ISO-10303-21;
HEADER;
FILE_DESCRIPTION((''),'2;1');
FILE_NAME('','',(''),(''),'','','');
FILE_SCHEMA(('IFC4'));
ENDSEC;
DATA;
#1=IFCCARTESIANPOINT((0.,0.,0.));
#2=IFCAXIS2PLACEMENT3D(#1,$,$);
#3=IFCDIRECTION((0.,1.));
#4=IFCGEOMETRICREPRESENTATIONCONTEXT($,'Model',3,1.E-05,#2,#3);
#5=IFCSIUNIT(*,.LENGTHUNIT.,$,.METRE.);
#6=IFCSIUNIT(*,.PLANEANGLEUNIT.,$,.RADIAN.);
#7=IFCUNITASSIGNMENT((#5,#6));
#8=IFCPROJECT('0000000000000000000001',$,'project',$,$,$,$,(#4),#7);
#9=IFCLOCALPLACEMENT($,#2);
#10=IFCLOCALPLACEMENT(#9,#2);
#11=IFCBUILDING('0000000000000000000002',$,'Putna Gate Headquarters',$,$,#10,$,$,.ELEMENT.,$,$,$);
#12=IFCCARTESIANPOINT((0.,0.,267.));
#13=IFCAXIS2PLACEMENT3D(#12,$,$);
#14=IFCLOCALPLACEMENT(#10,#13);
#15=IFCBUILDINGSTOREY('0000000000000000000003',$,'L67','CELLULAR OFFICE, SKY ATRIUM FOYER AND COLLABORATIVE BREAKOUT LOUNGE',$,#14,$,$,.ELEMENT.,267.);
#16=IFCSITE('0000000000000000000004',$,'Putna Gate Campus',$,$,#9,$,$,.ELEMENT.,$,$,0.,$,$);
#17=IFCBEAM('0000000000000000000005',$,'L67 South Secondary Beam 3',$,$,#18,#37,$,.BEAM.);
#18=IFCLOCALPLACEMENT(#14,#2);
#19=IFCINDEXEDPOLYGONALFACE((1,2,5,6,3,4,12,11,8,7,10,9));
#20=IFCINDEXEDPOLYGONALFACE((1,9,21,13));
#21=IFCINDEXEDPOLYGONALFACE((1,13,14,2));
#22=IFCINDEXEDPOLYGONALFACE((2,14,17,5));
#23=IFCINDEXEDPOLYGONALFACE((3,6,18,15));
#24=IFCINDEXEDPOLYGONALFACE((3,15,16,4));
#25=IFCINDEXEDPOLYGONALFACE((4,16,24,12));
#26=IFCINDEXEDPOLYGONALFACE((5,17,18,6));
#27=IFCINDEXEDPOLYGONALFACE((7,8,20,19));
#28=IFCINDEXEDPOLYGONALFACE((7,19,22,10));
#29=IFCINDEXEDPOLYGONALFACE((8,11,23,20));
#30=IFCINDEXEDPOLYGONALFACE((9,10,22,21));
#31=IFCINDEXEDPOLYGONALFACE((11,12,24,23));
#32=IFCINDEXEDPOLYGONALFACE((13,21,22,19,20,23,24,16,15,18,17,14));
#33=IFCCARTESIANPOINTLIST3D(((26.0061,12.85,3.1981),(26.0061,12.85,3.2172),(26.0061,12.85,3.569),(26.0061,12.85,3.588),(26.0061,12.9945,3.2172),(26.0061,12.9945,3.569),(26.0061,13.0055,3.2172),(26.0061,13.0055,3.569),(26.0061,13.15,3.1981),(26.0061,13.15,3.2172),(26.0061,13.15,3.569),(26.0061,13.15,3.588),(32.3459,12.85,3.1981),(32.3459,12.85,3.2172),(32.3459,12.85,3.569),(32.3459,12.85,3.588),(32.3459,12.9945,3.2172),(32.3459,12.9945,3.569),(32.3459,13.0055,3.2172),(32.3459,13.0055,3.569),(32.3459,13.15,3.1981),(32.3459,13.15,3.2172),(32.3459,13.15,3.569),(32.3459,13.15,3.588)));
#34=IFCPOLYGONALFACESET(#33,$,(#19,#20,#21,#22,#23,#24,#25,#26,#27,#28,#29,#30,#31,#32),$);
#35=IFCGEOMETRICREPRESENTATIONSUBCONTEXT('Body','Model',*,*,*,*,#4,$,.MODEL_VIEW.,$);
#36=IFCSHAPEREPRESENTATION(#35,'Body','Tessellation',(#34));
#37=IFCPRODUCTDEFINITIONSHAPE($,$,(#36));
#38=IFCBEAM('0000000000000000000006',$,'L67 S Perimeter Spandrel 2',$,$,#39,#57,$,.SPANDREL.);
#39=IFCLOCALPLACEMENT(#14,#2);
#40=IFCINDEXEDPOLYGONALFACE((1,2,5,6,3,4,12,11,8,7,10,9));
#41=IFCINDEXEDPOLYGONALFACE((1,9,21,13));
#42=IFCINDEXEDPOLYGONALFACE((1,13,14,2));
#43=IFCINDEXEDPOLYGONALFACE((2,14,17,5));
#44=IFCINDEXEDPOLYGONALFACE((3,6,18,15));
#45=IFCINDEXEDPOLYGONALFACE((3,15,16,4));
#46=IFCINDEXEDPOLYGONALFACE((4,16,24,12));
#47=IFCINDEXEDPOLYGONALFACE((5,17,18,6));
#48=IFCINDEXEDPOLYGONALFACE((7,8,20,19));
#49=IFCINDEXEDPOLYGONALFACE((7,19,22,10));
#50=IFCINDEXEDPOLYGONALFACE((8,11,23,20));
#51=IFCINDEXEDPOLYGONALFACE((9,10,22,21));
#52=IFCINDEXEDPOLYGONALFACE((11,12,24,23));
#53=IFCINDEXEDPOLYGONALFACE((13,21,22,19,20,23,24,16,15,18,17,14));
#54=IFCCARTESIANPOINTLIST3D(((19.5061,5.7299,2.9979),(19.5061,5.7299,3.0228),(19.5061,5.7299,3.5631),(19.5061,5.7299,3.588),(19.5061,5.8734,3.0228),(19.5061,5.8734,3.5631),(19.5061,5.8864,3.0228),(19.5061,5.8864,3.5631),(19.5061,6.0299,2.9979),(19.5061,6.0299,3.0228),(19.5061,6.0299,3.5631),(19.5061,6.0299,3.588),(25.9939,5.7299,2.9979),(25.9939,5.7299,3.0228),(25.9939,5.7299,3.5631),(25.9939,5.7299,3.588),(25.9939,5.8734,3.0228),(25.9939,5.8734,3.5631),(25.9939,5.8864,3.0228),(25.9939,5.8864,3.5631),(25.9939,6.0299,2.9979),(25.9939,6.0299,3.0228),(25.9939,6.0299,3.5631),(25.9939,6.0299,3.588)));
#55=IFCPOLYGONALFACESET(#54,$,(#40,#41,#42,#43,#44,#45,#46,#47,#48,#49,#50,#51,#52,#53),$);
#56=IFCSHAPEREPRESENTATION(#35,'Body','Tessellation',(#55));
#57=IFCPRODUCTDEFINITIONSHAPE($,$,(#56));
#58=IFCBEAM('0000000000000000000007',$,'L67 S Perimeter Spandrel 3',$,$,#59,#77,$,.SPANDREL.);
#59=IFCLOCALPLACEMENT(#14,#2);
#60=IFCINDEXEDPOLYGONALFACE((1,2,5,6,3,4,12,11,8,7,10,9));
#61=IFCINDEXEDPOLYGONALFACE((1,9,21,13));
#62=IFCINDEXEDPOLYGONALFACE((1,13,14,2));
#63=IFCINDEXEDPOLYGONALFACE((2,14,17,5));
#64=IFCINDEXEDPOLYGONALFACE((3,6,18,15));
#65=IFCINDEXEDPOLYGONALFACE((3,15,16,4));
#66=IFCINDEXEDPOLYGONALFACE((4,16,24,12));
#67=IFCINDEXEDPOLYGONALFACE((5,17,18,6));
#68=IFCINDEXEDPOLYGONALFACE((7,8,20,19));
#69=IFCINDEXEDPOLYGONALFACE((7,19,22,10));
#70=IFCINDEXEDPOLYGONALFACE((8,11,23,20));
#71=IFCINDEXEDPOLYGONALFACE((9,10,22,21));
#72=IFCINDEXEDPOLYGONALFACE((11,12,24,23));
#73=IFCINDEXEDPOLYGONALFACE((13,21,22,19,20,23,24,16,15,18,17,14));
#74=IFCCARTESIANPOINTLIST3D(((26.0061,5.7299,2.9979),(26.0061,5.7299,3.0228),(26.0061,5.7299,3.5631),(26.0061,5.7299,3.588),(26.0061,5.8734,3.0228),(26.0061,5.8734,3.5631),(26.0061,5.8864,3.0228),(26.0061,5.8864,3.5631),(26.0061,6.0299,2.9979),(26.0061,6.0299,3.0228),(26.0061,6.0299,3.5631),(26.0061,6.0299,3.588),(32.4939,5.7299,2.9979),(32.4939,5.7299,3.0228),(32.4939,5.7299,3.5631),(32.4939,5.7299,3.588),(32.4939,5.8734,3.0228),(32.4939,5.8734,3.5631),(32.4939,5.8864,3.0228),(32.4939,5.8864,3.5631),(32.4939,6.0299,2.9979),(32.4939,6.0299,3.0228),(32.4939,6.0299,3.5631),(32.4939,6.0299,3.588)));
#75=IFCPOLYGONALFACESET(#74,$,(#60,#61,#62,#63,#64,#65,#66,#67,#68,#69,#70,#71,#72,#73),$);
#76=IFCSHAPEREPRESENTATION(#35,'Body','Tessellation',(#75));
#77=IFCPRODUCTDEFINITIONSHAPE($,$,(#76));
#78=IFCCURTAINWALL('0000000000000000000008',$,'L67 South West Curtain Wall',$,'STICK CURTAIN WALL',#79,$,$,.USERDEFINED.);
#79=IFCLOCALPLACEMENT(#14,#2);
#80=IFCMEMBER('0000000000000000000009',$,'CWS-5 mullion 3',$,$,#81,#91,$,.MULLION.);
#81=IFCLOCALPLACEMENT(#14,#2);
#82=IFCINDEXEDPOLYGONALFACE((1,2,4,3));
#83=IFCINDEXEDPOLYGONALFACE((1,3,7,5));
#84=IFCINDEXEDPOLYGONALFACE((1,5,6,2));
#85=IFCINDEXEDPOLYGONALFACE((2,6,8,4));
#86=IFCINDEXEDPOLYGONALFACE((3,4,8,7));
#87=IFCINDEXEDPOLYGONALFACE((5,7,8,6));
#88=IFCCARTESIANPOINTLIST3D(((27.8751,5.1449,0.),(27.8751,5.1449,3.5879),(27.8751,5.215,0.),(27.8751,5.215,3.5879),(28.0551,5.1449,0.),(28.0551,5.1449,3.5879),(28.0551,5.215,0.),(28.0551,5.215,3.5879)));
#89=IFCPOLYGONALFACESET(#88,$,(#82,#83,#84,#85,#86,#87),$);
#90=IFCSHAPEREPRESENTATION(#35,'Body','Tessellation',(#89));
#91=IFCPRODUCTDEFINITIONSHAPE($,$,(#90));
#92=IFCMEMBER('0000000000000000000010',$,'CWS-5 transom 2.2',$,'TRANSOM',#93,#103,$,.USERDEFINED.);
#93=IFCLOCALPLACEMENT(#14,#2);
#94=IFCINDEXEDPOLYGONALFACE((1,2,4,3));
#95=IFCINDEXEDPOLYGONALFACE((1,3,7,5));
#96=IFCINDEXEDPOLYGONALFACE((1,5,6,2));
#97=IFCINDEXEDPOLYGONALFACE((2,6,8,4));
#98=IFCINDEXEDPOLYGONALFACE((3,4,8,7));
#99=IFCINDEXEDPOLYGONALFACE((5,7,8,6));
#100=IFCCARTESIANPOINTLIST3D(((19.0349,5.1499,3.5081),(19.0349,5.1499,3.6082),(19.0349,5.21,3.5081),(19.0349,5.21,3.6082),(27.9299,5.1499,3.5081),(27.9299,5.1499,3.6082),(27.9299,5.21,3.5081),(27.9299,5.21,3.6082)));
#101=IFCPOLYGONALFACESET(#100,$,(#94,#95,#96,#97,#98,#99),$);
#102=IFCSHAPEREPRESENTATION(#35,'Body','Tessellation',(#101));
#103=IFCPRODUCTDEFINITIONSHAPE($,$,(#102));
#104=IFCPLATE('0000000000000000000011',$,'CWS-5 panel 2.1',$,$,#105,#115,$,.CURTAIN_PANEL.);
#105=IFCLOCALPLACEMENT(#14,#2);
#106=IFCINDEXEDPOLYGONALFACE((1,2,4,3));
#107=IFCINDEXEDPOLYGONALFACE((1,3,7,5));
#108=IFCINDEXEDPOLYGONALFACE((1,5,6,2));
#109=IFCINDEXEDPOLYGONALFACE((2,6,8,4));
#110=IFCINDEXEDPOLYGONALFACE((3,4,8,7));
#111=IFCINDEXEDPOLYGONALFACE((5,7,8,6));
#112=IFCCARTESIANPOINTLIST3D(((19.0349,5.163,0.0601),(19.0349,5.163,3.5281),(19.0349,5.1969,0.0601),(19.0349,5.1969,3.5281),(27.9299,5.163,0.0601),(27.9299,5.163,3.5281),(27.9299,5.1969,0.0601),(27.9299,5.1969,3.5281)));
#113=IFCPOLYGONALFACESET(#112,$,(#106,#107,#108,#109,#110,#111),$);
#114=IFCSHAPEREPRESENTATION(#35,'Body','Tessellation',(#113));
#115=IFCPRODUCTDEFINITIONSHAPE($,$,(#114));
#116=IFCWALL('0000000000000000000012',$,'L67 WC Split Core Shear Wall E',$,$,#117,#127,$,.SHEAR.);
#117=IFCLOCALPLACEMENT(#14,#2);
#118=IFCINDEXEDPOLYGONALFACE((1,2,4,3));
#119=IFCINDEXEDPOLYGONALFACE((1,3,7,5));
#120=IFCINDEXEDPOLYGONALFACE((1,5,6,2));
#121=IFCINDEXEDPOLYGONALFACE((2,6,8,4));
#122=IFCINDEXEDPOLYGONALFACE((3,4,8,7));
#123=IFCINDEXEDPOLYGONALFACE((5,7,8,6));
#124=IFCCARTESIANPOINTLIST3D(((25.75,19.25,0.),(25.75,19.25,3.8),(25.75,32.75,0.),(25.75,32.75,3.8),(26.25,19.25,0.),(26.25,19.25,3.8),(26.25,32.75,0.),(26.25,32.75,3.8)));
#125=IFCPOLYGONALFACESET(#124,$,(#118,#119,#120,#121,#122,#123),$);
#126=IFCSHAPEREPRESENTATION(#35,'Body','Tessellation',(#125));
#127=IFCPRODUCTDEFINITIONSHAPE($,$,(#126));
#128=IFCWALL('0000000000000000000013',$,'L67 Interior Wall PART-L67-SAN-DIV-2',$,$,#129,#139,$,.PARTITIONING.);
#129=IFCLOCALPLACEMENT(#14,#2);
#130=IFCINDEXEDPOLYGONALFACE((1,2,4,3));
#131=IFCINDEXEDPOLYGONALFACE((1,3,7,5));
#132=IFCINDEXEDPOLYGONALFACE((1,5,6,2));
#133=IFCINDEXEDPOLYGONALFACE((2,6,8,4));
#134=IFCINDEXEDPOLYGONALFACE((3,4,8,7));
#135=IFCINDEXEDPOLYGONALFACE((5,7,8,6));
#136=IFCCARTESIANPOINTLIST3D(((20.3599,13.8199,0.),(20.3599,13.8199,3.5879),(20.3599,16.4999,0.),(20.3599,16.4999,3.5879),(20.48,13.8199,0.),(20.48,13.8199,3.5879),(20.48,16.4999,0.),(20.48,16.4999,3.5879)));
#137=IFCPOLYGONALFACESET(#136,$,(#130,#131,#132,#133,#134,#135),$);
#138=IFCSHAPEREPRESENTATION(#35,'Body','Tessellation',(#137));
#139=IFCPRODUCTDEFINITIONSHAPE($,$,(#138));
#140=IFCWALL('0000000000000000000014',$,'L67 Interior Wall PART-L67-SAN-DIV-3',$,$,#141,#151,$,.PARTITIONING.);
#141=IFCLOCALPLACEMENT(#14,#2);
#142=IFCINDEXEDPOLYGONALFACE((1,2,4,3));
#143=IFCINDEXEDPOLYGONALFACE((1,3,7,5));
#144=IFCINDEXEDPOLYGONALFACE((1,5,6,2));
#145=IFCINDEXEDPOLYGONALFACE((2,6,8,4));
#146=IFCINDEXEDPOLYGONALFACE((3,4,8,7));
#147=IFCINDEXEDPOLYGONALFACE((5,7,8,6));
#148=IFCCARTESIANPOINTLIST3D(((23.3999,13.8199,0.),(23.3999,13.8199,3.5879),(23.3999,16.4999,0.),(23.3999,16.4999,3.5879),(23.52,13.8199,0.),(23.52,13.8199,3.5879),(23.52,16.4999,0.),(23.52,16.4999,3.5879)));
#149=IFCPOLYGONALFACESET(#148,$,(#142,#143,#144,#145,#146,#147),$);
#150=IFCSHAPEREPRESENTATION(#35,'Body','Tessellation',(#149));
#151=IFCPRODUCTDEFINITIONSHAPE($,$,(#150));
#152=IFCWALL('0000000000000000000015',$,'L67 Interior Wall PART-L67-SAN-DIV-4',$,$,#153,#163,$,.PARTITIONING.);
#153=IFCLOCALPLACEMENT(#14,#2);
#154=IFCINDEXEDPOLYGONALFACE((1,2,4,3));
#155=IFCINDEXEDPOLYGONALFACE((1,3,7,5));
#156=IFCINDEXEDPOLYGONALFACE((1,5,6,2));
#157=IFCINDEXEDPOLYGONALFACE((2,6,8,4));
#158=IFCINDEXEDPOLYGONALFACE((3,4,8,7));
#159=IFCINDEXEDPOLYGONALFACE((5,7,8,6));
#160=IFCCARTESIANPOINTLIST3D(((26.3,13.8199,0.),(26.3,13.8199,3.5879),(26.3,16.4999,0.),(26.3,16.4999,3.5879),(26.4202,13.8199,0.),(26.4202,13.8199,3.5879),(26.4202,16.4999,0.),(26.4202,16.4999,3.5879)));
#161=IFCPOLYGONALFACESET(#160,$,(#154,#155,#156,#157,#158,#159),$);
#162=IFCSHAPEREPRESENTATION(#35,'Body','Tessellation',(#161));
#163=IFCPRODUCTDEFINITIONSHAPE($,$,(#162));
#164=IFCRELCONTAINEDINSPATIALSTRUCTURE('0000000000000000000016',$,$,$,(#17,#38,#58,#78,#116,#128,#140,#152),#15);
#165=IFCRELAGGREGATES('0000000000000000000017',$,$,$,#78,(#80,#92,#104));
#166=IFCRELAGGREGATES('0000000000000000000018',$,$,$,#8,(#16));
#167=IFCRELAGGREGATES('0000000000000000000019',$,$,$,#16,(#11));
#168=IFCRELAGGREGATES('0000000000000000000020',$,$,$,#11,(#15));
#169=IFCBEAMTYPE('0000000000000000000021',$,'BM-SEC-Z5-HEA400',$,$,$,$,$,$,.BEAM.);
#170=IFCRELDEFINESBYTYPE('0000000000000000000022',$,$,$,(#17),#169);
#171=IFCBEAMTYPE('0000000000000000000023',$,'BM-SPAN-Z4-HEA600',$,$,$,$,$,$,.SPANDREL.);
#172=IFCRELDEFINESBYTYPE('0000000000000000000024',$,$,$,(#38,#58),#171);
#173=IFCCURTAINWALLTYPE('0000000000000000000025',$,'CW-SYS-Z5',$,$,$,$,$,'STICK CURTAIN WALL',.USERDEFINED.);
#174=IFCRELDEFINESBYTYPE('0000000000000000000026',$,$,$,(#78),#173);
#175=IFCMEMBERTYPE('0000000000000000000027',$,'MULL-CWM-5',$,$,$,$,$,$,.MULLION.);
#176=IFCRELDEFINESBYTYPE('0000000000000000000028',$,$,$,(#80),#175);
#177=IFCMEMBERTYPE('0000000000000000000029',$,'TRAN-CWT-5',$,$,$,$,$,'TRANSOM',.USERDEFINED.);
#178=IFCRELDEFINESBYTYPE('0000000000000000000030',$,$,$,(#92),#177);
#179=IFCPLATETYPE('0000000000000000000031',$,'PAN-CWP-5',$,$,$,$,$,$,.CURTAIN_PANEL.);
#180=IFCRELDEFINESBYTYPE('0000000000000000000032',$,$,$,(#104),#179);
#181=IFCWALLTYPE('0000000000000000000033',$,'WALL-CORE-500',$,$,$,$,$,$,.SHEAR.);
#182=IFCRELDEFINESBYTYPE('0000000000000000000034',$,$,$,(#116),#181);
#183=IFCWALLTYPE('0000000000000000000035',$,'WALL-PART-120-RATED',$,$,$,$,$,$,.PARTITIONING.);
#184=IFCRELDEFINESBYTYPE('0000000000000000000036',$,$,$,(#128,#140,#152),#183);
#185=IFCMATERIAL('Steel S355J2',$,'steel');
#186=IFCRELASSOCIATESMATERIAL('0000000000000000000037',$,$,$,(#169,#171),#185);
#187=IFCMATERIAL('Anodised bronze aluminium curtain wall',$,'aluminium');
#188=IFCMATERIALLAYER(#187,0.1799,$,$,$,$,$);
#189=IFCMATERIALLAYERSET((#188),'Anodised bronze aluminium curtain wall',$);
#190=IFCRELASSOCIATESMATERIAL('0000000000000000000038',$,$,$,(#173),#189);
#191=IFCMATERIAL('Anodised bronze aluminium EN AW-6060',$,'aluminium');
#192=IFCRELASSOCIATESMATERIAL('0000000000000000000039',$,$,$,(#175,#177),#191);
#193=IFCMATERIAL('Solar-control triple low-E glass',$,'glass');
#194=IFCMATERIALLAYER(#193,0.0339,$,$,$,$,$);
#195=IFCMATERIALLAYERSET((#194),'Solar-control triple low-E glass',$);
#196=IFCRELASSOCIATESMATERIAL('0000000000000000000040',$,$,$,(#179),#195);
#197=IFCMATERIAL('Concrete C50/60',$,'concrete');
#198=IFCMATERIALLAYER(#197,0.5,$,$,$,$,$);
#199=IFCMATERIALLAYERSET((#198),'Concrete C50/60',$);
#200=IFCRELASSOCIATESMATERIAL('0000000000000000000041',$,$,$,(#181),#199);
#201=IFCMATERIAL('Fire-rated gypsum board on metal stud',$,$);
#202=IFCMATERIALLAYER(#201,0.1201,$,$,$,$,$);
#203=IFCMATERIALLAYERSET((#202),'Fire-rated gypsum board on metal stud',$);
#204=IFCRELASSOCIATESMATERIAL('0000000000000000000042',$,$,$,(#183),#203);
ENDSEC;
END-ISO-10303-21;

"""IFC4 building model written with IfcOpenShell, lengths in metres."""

from ifc_helpers import new_model, si_unit, direction, frame, frame_2d, origin, origin_2d, place, context, subcontext, project, spatial, rectangle, i_section, extrude, material, layer, layer_set, material_profile, profile_set, type_object, element, aggregate, save


model = new_model("IFC4")

# Units and contexts
model_context = context("Model", 3, precision=1e-05, world=origin(), true_north=direction((0.0, 1.0)))
body_context = subcontext(model_context, "Body", "Model", "MODEL_VIEW")
ifc_project = project(units=[si_unit("LENGTHUNIT", "METRE"), si_unit("PLANEANGLEUNIT", "RADIAN")], contexts=[model_context])

# Site, building, storey
site_placement = place(None, origin())
site = spatial("IfcSite", under=ifc_project, at=site_placement, Name="Putna Gate Campus", CompositionType="ELEMENT", RefElevation=0.0)
building_placement = place(site_placement, origin())
building = spatial("IfcBuilding", under=site, at=building_placement, Name="Putna Gate Headquarters", CompositionType="ELEMENT")
storey_placement = place(building_placement, frame((0.0, 0.0, 267.0)))
storey = spatial("IfcBuildingStorey", under=building, at=storey_placement, Name="L67", Description="CELLULAR OFFICE, SKY ATRIUM FOYER AND COLLABORATIVE BREAKOUT LOUNGE", CompositionType="ELEMENT", Elevation=267.0)

# Beams
ifc_material_1 = material(Name="Steel S355J2", Category="steel")
ifc_material_profile_1 = material_profile(ifc_material_1, i_section(OverallWidth=0.3, OverallDepth=0.3899, WebThickness=0.011, FlangeThickness=0.019, at=origin_2d()), Name="Steel S355J2")
ifc_profile_set_1 = profile_set([ifc_material_profile_1], Name="Steel S355J2")
beam_type_1 = type_object("IfcBeamType", Name="BM-SEC-Z5-HEA400", PredefinedType="BEAM", material=ifc_profile_set_1)
for number, where, z_axis, x_axis, name in (
    (1, (26.0061, 13.0, 3.3931), (1.0, 0.0, 0.0), (0.0, 1.0, 0.0), "L67 South Secondary Beam 3"),
):
    element("IfcBeam", number, at=place(storey_placement, frame(where, z_axis=z_axis, x_axis=x_axis)), inside=storey, type_object=beam_type_1, Name=name, PredefinedType="BEAM", context=body_context, shape_type="SweptSolid", body=[
        extrude(i_section(OverallWidth=0.3, OverallDepth=0.3899, WebThickness=0.011, FlangeThickness=0.019, at=origin_2d()), origin(), (0.0, 0.0, 1.0), 6.3398),
    ])
ifc_material_profile_2 = material_profile(ifc_material_1, i_section(OverallWidth=0.3, OverallDepth=0.5901, WebThickness=0.0129, FlangeThickness=0.0249, at=origin_2d()), Name="Steel S355J2")
ifc_profile_set_2 = profile_set([ifc_material_profile_2], Name="Steel S355J2")
beam_type_2 = type_object("IfcBeamType", Name="BM-SPAN-Z4-HEA600", PredefinedType="SPANDREL", material=ifc_profile_set_2)
for number, where, z_axis, x_axis, name in (
    (2, (19.5061, 5.8799, 3.293), (1.0, 0.0, 0.0), (0.0, 1.0, 0.0), "L67 S Perimeter Spandrel 2"),
    (3, (26.0061, 5.8799, 3.293), (1.0, 0.0, 0.0), (0.0, 1.0, 0.0), "L67 S Perimeter Spandrel 3"),
):
    element("IfcBeam", number, at=place(storey_placement, frame(where, z_axis=z_axis, x_axis=x_axis)), inside=storey, type_object=beam_type_2, Name=name, PredefinedType="SPANDREL", context=body_context, shape_type="SweptSolid", body=[
        extrude(i_section(OverallWidth=0.3, OverallDepth=0.5901, WebThickness=0.0129, FlangeThickness=0.0249, at=origin_2d()), origin(), (0.0, 0.0, 1.0), 6.4878),
    ])

# Curtain wall, members, plate
ifc_material_2 = material(Name="Anodised bronze aluminium curtain wall", Category="aluminium")
ifc_layer_1 = layer(ifc_material_2, 0.1799)
ifc_layer_set_1 = layer_set([ifc_layer_1], Name="Anodised bronze aluminium curtain wall")
curtain_wall_type = type_object("IfcCurtainWallType", Name="CW-SYS-Z5", ElementType="STICK CURTAIN WALL", PredefinedType="USERDEFINED", material=ifc_layer_set_1)
curtain_wall_placement = place(storey_placement, origin())
curtain_wall = element("IfcCurtainWall", 4, at=curtain_wall_placement, inside=storey, type_object=curtain_wall_type, Name="L67 South West Curtain Wall", ObjectType="STICK CURTAIN WALL", PredefinedType="USERDEFINED")
ifc_material_3 = material(Name="Anodised bronze aluminium EN AW-6060", Category="aluminium")
ifc_material_profile_3 = material_profile(ifc_material_3, rectangle(XDim=0.0701, YDim=0.1799, at=origin_2d()), Name="Anodised bronze aluminium EN AW-6060")
ifc_profile_set_3 = profile_set([ifc_material_profile_3], Name="Anodised bronze aluminium EN AW-6060")
member_type_1 = type_object("IfcMemberType", Name="MULL-CWM-5", PredefinedType="MULLION", material=ifc_profile_set_3)
member_1_placement = place(storey_placement, frame((27.9651, 5.1799, 0.0), z_axis=(0.0, 0.0, 1.0), x_axis=(0.0, 1.0, 0.0)))
member_1 = element("IfcMember", 5, at=member_1_placement, type_object=member_type_1, Name="CWS-5 mullion 3", PredefinedType="MULLION", context=body_context, shape_type="SweptSolid", body=[
    extrude(rectangle(XDim=0.0701, YDim=0.1799, at=origin_2d()), origin(), (0.0, 0.0, 1.0), 3.5879),
])
ifc_material_profile_4 = material_profile(ifc_material_3, rectangle(XDim=0.0601, YDim=0.1001, at=origin_2d()), Name="Anodised bronze aluminium EN AW-6060")
ifc_profile_set_4 = profile_set([ifc_material_profile_4], Name="Anodised bronze aluminium EN AW-6060")
member_type_2 = type_object("IfcMemberType", Name="TRAN-CWT-5", ElementType="TRANSOM", PredefinedType="USERDEFINED", material=ifc_profile_set_4)
member_2_placement = place(storey_placement, frame((19.0349, 5.1799, 3.5581), z_axis=(1.0, 0.0, 0.0), x_axis=(0.0, 1.0, 0.0)))
member_2 = element("IfcMember", 6, at=member_2_placement, type_object=member_type_2, Name="CWS-5 transom 2.2", ObjectType="TRANSOM", PredefinedType="USERDEFINED", context=body_context, shape_type="SweptSolid", body=[
    extrude(rectangle(XDim=0.0601, YDim=0.1001, at=origin_2d()), origin(), (0.0, 0.0, 1.0), 8.895),
])
ifc_material_4 = material(Name="Solar-control triple low-E glass", Category="glass")
ifc_layer_2 = layer(ifc_material_4, 0.0339)
ifc_layer_set_2 = layer_set([ifc_layer_2], Name="Solar-control triple low-E glass")
plate_type = type_object("IfcPlateType", Name="PAN-CWP-5", PredefinedType="CURTAIN_PANEL", material=ifc_layer_set_2)
plate_placement = place(storey_placement, frame((23.4824, 5.1799, 0.0601), z_axis=(0.0, 0.0, 1.0), x_axis=(1.0, 0.0, 0.0)))
plate = element("IfcPlate", 7, at=plate_placement, type_object=plate_type, Name="CWS-5 panel 2.1", PredefinedType="CURTAIN_PANEL", context=body_context, shape_type="SweptSolid", body=[
    extrude(rectangle(XDim=8.895, YDim=0.0339, at=origin_2d()), origin(), (0.0, 0.0, 1.0), 3.468),
])
aggregate(curtain_wall, [member_1, member_2, plate])

# Walls
ifc_material_5 = material(Name="Concrete C50/60", Category="concrete")
ifc_layer_3 = layer(ifc_material_5, 0.5)
ifc_layer_set_3 = layer_set([ifc_layer_3], Name="Concrete C50/60")
wall_type_1 = type_object("IfcWallType", Name="WALL-CORE-500", PredefinedType="SHEAR", material=ifc_layer_set_3)
wall_1_placement = place(storey_placement, frame((26.0, 19.25, 0.0), z_axis=(0.0, 0.0, 1.0), x_axis=(0.0, 1.0, 0.0)))
element("IfcWall", 8, at=wall_1_placement, inside=storey, type_object=wall_type_1, Name="L67 WC Split Core Shear Wall E", PredefinedType="SHEAR", context=body_context, shape_type="SweptSolid", body=[
    extrude(rectangle(XDim=13.5, YDim=0.5, at=frame_2d((6.75, 0.0))), origin(), (0.0, 0.0, 1.0), 3.8),
])
ifc_material_6 = material(Name="Fire-rated gypsum board on metal stud")
ifc_layer_4 = layer(ifc_material_6, 0.1201)
ifc_layer_set_4 = layer_set([ifc_layer_4], Name="Fire-rated gypsum board on metal stud")
wall_type_2 = type_object("IfcWallType", Name="WALL-PART-120-RATED", PredefinedType="PARTITIONING", material=ifc_layer_set_4)
for number, where, z_axis, x_axis, name in (
    (9, (20.4199, 13.8201, 0.0), (0.0, 0.0, 1.0), (0.0, 1.0, 0.0), "L67 Interior Wall PART-L67-SAN-DIV-2"),
    (10, (23.46, 13.8201, 0.0), (0.0, 0.0, 1.0), (0.0, 1.0, 0.0), "L67 Interior Wall PART-L67-SAN-DIV-3"),
    (11, (26.3601, 13.8201, 0.0), (0.0, 0.0, 1.0), (0.0, 1.0, 0.0), "L67 Interior Wall PART-L67-SAN-DIV-4"),
):
    element("IfcWall", number, at=place(storey_placement, frame(where, z_axis=z_axis, x_axis=x_axis)), inside=storey, type_object=wall_type_2, Name=name, PredefinedType="PARTITIONING", context=body_context, shape_type="SweptSolid", body=[
        extrude(rectangle(XDim=2.6799, YDim=0.1201, at=frame_2d((1.3398, 0.0))), origin(), (0.0, 0.0, 1.0), 3.5879),
    ])

save(model, "model.ifc")
